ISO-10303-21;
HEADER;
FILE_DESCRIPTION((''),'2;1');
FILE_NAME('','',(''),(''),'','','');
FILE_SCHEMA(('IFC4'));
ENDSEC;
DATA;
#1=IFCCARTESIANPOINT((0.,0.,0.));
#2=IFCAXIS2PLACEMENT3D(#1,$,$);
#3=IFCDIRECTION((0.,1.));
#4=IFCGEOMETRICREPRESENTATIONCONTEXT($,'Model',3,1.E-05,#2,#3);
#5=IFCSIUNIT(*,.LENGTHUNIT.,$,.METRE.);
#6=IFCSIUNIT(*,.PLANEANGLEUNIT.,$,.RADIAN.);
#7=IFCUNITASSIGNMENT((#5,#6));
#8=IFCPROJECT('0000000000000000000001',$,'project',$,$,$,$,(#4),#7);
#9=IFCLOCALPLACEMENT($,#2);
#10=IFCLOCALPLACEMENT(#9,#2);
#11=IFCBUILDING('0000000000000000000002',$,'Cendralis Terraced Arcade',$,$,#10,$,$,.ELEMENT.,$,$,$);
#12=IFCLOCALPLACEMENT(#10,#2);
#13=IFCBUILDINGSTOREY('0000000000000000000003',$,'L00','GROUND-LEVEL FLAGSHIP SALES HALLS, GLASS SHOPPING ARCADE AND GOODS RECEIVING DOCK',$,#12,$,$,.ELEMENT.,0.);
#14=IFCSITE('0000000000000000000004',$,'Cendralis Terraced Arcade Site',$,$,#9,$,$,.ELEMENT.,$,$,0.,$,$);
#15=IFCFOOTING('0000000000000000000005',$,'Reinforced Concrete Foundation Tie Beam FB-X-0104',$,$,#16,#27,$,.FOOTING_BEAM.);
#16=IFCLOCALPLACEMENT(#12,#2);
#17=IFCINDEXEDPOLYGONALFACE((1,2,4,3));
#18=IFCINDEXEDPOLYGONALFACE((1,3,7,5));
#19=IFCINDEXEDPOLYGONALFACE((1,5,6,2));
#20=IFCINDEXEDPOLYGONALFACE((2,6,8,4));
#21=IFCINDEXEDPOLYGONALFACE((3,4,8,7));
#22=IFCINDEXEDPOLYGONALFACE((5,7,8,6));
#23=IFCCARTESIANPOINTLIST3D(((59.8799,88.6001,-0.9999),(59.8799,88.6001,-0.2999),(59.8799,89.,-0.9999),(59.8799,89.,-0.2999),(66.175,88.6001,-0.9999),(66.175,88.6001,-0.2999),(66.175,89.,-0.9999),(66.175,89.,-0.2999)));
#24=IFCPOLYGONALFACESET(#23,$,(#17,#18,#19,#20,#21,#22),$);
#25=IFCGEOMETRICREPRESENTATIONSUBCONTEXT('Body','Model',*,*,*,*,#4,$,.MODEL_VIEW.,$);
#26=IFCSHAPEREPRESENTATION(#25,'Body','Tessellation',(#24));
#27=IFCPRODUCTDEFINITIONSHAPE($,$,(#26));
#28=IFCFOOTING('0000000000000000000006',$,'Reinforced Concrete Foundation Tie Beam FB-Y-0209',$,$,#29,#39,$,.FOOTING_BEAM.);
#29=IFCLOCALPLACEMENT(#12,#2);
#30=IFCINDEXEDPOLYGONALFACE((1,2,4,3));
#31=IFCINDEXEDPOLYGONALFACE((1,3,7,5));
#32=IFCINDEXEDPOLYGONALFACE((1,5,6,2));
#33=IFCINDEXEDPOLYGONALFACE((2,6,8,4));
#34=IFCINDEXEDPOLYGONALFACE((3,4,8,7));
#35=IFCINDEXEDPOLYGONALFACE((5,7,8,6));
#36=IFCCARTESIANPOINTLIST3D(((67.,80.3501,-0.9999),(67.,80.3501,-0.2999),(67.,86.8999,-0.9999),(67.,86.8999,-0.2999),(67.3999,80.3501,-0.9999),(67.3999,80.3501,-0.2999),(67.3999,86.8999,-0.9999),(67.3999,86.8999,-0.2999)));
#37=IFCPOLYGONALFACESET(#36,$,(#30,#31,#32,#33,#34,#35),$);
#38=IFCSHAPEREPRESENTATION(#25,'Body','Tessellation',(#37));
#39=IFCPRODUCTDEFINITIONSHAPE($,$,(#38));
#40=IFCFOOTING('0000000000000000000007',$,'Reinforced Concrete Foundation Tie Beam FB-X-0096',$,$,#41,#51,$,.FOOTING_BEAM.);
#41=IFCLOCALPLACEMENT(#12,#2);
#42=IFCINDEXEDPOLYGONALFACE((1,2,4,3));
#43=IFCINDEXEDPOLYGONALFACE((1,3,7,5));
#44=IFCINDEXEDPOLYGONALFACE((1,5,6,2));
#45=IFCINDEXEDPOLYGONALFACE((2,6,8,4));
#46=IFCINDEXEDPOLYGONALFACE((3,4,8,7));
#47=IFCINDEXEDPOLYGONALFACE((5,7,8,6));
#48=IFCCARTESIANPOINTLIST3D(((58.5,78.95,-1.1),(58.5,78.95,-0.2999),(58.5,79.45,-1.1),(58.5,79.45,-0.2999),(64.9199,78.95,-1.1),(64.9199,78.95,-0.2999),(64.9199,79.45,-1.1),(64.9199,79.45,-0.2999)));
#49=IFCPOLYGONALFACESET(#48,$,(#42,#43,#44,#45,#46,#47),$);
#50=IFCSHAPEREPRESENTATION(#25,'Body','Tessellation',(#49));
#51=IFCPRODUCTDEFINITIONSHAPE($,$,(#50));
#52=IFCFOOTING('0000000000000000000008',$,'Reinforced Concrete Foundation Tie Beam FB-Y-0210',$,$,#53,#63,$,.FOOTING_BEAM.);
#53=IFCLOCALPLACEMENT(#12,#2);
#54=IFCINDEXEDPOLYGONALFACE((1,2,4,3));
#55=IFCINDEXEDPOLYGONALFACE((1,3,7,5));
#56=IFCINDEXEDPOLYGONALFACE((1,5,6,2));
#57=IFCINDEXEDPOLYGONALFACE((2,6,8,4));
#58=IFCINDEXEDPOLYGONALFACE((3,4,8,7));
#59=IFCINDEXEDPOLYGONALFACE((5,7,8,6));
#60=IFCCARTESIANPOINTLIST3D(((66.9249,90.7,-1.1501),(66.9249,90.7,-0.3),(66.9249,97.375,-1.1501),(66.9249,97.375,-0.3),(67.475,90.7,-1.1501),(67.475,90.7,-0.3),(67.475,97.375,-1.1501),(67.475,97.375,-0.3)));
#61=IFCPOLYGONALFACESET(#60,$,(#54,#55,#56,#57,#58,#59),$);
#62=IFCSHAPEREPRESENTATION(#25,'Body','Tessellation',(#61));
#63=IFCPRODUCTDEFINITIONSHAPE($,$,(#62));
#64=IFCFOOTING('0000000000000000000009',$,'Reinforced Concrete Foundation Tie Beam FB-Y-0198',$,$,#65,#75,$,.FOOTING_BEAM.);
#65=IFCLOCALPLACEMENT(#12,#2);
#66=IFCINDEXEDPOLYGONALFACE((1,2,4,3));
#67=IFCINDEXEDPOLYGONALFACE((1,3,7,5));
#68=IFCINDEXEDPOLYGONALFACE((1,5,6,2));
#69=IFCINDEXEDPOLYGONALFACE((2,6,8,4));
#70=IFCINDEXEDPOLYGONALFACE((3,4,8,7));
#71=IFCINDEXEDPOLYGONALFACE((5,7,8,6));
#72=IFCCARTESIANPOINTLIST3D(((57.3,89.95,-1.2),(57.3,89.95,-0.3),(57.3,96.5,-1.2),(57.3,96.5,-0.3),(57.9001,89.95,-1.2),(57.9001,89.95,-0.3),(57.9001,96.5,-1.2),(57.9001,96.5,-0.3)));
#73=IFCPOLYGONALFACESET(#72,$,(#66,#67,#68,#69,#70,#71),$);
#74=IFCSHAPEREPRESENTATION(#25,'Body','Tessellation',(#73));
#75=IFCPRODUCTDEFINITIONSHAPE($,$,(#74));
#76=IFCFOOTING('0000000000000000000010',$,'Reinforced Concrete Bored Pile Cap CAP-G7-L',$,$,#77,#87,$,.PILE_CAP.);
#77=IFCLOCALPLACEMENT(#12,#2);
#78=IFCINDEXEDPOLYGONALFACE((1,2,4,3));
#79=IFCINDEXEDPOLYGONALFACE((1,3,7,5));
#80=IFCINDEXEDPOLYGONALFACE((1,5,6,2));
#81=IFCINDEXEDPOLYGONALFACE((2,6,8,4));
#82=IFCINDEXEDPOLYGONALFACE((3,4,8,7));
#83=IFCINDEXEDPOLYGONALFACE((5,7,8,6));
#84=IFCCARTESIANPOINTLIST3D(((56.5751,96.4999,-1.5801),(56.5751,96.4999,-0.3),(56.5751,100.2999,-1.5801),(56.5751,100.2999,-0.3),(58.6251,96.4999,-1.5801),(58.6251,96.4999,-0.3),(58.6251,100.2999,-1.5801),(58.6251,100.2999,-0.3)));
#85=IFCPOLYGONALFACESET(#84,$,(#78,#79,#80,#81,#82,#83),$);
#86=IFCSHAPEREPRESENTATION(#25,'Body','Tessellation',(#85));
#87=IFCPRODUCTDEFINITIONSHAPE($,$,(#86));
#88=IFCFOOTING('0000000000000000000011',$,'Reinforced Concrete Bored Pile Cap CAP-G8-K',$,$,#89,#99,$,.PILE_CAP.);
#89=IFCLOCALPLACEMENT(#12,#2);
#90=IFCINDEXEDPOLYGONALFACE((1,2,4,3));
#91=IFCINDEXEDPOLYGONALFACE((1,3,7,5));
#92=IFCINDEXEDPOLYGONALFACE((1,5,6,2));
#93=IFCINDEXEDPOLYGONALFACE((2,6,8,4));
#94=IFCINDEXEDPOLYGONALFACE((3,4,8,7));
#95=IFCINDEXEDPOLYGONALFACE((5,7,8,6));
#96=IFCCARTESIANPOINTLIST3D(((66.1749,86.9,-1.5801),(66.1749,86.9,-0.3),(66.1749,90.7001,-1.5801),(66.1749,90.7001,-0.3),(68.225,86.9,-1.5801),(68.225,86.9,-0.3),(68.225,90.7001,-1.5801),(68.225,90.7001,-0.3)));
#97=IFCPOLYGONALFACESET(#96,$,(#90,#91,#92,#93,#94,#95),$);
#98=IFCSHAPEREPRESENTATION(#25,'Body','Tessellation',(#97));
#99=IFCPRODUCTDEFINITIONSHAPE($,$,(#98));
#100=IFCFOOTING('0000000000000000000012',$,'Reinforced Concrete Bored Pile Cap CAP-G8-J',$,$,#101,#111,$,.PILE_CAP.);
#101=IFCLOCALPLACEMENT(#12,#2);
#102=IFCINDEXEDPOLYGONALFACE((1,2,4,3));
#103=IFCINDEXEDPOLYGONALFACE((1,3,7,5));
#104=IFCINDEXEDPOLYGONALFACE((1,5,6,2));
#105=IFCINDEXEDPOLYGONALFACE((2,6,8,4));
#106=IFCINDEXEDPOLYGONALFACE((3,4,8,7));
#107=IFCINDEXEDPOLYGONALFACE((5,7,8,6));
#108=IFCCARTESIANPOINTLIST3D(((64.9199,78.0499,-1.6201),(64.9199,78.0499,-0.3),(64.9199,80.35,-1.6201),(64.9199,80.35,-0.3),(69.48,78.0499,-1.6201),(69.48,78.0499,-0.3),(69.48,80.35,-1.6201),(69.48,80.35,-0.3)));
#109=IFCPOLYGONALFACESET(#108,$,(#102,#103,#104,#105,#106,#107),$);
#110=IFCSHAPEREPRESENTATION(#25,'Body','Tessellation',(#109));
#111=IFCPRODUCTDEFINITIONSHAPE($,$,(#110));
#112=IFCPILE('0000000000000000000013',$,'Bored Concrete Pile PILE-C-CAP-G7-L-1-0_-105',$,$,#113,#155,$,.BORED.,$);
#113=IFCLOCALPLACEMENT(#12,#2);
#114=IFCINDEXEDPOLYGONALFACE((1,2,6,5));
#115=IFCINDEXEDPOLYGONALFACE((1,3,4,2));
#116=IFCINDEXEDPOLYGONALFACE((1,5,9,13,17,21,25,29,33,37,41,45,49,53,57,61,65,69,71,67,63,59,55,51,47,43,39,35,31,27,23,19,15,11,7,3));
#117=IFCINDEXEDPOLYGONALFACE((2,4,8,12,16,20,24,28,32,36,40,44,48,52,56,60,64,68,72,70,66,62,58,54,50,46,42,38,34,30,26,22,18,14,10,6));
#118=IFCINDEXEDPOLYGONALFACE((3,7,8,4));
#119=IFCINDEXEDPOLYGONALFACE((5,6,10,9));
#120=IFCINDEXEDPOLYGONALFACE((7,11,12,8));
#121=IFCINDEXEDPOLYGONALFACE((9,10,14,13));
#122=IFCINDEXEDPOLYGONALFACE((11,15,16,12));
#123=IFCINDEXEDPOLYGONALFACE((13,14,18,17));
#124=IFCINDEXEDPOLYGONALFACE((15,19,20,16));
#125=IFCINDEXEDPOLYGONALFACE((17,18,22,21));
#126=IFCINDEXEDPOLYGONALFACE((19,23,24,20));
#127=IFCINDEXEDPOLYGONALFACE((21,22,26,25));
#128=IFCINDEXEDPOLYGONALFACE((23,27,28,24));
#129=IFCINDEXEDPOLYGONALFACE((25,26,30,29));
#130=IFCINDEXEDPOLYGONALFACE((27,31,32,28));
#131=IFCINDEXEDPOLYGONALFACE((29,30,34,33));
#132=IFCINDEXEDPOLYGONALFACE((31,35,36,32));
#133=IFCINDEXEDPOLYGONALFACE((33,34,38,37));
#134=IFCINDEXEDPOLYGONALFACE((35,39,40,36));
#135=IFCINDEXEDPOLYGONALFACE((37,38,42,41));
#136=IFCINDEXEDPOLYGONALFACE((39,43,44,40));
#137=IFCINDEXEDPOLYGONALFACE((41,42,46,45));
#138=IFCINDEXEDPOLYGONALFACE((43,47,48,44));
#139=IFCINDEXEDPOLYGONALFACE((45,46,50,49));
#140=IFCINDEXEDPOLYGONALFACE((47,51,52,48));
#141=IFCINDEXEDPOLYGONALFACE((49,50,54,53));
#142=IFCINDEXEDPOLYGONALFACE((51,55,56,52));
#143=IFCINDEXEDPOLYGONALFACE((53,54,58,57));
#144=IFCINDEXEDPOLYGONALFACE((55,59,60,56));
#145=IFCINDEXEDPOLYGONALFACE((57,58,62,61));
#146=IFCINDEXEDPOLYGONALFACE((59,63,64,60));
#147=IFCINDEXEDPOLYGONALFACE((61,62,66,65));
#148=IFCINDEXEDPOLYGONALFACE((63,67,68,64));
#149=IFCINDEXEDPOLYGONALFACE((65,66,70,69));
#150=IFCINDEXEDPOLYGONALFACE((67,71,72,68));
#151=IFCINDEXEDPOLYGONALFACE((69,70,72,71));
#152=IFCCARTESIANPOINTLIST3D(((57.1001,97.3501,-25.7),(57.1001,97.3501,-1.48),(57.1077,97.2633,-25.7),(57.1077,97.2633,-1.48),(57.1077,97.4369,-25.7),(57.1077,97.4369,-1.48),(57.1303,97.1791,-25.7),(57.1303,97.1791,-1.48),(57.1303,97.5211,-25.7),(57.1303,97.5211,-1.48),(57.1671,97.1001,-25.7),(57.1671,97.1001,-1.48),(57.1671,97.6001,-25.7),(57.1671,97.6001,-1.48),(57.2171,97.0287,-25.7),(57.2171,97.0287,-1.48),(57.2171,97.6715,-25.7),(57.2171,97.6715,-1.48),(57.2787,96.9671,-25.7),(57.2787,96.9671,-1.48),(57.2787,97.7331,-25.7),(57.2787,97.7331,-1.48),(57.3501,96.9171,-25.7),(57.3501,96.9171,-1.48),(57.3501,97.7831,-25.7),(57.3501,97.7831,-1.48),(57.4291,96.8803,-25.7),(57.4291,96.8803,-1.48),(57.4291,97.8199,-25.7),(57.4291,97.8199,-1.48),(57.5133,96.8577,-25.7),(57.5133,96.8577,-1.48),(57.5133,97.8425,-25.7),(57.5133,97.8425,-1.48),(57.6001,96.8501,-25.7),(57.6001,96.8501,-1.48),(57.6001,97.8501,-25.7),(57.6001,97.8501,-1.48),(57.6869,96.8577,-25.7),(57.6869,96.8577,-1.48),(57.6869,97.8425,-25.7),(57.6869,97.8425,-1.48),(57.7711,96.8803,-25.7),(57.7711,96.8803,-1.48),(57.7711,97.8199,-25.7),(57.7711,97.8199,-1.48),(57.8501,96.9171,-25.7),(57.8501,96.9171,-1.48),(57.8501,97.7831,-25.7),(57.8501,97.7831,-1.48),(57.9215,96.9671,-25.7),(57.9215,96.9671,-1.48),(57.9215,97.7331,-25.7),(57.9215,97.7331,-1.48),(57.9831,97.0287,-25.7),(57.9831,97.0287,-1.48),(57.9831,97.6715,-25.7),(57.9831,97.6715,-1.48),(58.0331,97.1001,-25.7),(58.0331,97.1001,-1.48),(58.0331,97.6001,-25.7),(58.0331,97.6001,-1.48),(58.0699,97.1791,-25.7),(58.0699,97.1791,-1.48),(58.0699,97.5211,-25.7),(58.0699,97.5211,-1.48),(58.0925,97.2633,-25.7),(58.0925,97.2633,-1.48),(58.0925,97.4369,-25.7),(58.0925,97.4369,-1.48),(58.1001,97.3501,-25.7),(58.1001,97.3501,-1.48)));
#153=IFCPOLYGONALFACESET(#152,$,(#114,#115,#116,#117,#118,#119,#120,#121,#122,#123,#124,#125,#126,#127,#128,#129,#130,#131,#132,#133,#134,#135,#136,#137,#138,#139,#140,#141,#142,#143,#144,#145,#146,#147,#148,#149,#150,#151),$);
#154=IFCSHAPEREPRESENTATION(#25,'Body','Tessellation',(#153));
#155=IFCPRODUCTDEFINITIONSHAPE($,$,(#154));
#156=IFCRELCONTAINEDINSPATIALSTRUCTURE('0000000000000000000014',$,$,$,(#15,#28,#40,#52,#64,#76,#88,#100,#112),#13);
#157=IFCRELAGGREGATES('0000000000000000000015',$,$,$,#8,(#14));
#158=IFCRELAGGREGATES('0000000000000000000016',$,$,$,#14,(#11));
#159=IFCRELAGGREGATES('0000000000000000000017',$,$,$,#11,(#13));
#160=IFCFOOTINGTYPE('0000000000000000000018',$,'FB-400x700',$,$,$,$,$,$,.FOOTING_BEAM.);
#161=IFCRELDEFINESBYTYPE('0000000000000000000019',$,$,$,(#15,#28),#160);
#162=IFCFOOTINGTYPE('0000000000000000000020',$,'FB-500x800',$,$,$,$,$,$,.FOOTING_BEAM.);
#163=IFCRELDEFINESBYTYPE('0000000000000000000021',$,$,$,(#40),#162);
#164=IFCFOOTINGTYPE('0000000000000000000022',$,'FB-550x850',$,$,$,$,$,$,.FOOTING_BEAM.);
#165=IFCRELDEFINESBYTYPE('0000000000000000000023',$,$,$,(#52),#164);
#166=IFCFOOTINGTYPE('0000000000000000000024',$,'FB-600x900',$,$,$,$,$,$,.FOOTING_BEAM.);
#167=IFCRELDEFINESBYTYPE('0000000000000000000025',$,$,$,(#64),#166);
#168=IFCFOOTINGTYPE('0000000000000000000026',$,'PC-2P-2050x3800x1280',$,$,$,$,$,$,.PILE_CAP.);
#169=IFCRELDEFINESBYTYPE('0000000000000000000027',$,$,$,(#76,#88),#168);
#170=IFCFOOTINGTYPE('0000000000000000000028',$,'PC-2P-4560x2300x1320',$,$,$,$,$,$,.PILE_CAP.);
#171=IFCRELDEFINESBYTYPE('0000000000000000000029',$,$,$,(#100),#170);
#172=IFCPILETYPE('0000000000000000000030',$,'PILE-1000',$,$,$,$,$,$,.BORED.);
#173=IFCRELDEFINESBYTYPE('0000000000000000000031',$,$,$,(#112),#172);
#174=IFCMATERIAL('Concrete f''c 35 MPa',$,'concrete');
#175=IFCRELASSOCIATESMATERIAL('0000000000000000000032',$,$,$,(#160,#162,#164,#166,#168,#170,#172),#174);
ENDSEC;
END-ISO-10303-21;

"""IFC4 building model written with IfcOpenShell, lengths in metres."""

from ifc_helpers import new_model, si_unit, direction, frame, origin, origin_2d, place, context, subcontext, project, spatial, rectangle, circle, extrude, material, material_profile, profile_set, type_object, element, save


model = new_model("IFC4")

# Units and contexts
model_context = context("Model", 3, precision=1e-05, world=origin(), true_north=direction((0.0, 1.0)))
body_context = subcontext(model_context, "Body", "Model", "MODEL_VIEW")
ifc_project = project(units=[si_unit("LENGTHUNIT", "METRE"), si_unit("PLANEANGLEUNIT", "RADIAN")], contexts=[model_context])

# Site, building, storey
site_placement = place(None, origin())
site = spatial("IfcSite", under=ifc_project, at=site_placement, Name="Cendralis Terraced Arcade Site", CompositionType="ELEMENT", RefElevation=0.0)
building_placement = place(site_placement, origin())
building = spatial("IfcBuilding", under=site, at=building_placement, Name="Cendralis Terraced Arcade", CompositionType="ELEMENT")
storey_placement = place(building_placement, origin())
storey = spatial("IfcBuildingStorey", under=building, at=storey_placement, Name="L00", Description="GROUND-LEVEL FLAGSHIP SALES HALLS, GLASS SHOPPING ARCADE AND GOODS RECEIVING DOCK", CompositionType="ELEMENT", Elevation=0.0)

# Footings
ifc_material_1 = material(Name="Concrete f'c 35 MPa", Category="concrete")
ifc_material_profile_1 = material_profile(ifc_material_1, rectangle(XDim=0.3999, YDim=0.7, at=origin_2d()), Name="FB-400x700", Category="LoadBearing")
ifc_profile_set_1 = profile_set([ifc_material_profile_1], Name="Concrete f'c 35 MPa")
footing_type_1 = type_object("IfcFootingType", Name="FB-400x700", PredefinedType="FOOTING_BEAM", material=ifc_profile_set_1)
footing_1_placement = place(storey_placement, frame((59.8799, 88.8, -0.6499), z_axis=(1.0, 0.0, 0.0), x_axis=(0.0, 1.0, 0.0)))
element("IfcFooting", 1, at=footing_1_placement, inside=storey, type_object=footing_type_1, Name="Reinforced Concrete Foundation Tie Beam FB-X-0104", PredefinedType="FOOTING_BEAM", context=body_context, shape_type="SweptSolid", body=[
    extrude(rectangle(XDim=0.3999, YDim=0.7, at=origin_2d()), origin(), (0.0, 0.0, 1.0), 6.2952),
])
footing_2_placement = place(storey_placement, frame((67.2, 80.3501, -0.6499), z_axis=(0.0, 1.0, 0.0), x_axis=(-1.0, 0.0, 0.0)))
element("IfcFooting", 2, at=footing_2_placement, inside=storey, type_object=footing_type_1, Name="Reinforced Concrete Foundation Tie Beam FB-Y-0209", PredefinedType="FOOTING_BEAM", context=body_context, shape_type="SweptSolid", body=[
    extrude(rectangle(XDim=0.3999, YDim=0.7, at=origin_2d()), origin(), (0.0, 0.0, 1.0), 6.5498),
])
ifc_material_profile_2 = material_profile(ifc_material_1, rectangle(XDim=0.5, YDim=0.8, at=origin_2d()), Name="FB-500x800", Category="LoadBearing")
ifc_profile_set_2 = profile_set([ifc_material_profile_2], Name="Concrete f'c 35 MPa")
footing_type_2 = type_object("IfcFootingType", Name="FB-500x800", PredefinedType="FOOTING_BEAM", material=ifc_profile_set_2)
footing_3_placement = place(storey_placement, frame((58.5, 79.2, -0.7), z_axis=(1.0, 0.0, 0.0), x_axis=(0.0, 1.0, 0.0)))
element("IfcFooting", 3, at=footing_3_placement, inside=storey, type_object=footing_type_2, Name="Reinforced Concrete Foundation Tie Beam FB-X-0096", PredefinedType="FOOTING_BEAM", context=body_context, shape_type="SweptSolid", body=[
    extrude(rectangle(XDim=0.5, YDim=0.8, at=origin_2d()), origin(), (0.0, 0.0, 1.0), 6.4199),
])
ifc_material_profile_3 = material_profile(ifc_material_1, rectangle(XDim=0.55, YDim=0.8501, at=origin_2d()), Name="FB-550x850", Category="LoadBearing")
ifc_profile_set_3 = profile_set([ifc_material_profile_3], Name="Concrete f'c 35 MPa")
footing_type_3 = type_object("IfcFootingType", Name="FB-550x850", PredefinedType="FOOTING_BEAM", material=ifc_profile_set_3)
footing_4_placement = place(storey_placement, frame((67.2, 90.7, -0.7251), z_axis=(0.0, 1.0, 0.0), x_axis=(-1.0, 0.0, 0.0)))
element("IfcFooting", 4, at=footing_4_placement, inside=storey, type_object=footing_type_3, Name="Reinforced Concrete Foundation Tie Beam FB-Y-0210", PredefinedType="FOOTING_BEAM", context=body_context, shape_type="SweptSolid", body=[
    extrude(rectangle(XDim=0.55, YDim=0.8501, at=origin_2d()), origin(), (0.0, 0.0, 1.0), 6.675),
])
ifc_material_profile_4 = material_profile(ifc_material_1, rectangle(XDim=0.6001, YDim=0.8999, at=origin_2d()), Name="FB-600x900", Category="LoadBearing")
ifc_profile_set_4 = profile_set([ifc_material_profile_4], Name="Concrete f'c 35 MPa")
footing_type_4 = type_object("IfcFootingType", Name="FB-600x900", PredefinedType="FOOTING_BEAM", material=ifc_profile_set_4)
footing_5_placement = place(storey_placement, frame((57.6001, 89.95, -0.75), z_axis=(0.0, 1.0, 0.0), x_axis=(-1.0, 0.0, 0.0)))
element("IfcFooting", 5, at=footing_5_placement, inside=storey, type_object=footing_type_4, Name="Reinforced Concrete Foundation Tie Beam FB-Y-0198", PredefinedType="FOOTING_BEAM", context=body_context, shape_type="SweptSolid", body=[
    extrude(rectangle(XDim=0.6001, YDim=0.8999, at=origin_2d()), origin(), (0.0, 0.0, 1.0), 6.55),
])
footing_type_5 = type_object("IfcFootingType", Name="PC-2P-2050x3800x1280", PredefinedType="PILE_CAP", material=ifc_material_1)
for number, where, z_axis, x_axis, name in (
    (6, (57.6001, 98.3999, -1.5801), (0.0, 0.0, 1.0), (1.0, 0.0, 0.0), "Reinforced Concrete Bored Pile Cap CAP-G7-L"),
    (7, (67.2, 88.8, -1.5801), (0.0, 0.0, 1.0), (1.0, 0.0, 0.0), "Reinforced Concrete Bored Pile Cap CAP-G8-K"),
):
    element("IfcFooting", number, at=place(storey_placement, frame(where, z_axis=z_axis, x_axis=x_axis)), inside=storey, type_object=footing_type_5, Name=name, PredefinedType="PILE_CAP", context=body_context, shape_type="SweptSolid", body=[
        extrude(rectangle(XDim=2.05, YDim=3.8, at=origin_2d()), origin(), (0.0, 0.0, 1.0), 1.28),
    ])
footing_type_6 = type_object("IfcFootingType", Name="PC-2P-4560x2300x1320", PredefinedType="PILE_CAP", material=ifc_material_1)
footing_6_placement = place(storey_placement, frame((67.2, 79.2, -1.6201), z_axis=(0.0, 0.0, 1.0), x_axis=(1.0, 0.0, 0.0)))
element("IfcFooting", 8, at=footing_6_placement, inside=storey, type_object=footing_type_6, Name="Reinforced Concrete Bored Pile Cap CAP-G8-J", PredefinedType="PILE_CAP", context=body_context, shape_type="SweptSolid", body=[
    extrude(rectangle(XDim=4.5601, YDim=2.3, at=origin_2d()), origin(), (0.0, 0.0, 1.0), 1.3201),
])

# Pile
ifc_material_profile_5 = material_profile(ifc_material_1, circle(Radius=0.5, at=origin_2d()), Name="PILE-D1000", Category="LoadBearing")
ifc_profile_set_5 = profile_set([ifc_material_profile_5], Name="Concrete f'c 35 MPa")
pile_type_1 = type_object("IfcPileType", Name="PILE-1000", PredefinedType="BORED", material=ifc_profile_set_5)
for number, where, z_axis, x_axis, name in (
    (9, (57.6001, 97.3501, -1.48), (0.0, 0.0, -1.0), (1.0, 0.0, 0.0), "Bored Concrete Pile PILE-C-CAP-G7-L-1-0_-105"),
):
    element("IfcPile", number, at=place(storey_placement, frame(where, z_axis=z_axis, x_axis=x_axis)), inside=storey, type_object=pile_type_1, Name=name, PredefinedType="BORED", context=body_context, shape_type="SweptSolid", body=[
        extrude(circle(Radius=0.5, at=origin_2d()), origin(), (0.0, 0.0, 1.0), 24.22),
    ])

save(model, "model.ifc")
